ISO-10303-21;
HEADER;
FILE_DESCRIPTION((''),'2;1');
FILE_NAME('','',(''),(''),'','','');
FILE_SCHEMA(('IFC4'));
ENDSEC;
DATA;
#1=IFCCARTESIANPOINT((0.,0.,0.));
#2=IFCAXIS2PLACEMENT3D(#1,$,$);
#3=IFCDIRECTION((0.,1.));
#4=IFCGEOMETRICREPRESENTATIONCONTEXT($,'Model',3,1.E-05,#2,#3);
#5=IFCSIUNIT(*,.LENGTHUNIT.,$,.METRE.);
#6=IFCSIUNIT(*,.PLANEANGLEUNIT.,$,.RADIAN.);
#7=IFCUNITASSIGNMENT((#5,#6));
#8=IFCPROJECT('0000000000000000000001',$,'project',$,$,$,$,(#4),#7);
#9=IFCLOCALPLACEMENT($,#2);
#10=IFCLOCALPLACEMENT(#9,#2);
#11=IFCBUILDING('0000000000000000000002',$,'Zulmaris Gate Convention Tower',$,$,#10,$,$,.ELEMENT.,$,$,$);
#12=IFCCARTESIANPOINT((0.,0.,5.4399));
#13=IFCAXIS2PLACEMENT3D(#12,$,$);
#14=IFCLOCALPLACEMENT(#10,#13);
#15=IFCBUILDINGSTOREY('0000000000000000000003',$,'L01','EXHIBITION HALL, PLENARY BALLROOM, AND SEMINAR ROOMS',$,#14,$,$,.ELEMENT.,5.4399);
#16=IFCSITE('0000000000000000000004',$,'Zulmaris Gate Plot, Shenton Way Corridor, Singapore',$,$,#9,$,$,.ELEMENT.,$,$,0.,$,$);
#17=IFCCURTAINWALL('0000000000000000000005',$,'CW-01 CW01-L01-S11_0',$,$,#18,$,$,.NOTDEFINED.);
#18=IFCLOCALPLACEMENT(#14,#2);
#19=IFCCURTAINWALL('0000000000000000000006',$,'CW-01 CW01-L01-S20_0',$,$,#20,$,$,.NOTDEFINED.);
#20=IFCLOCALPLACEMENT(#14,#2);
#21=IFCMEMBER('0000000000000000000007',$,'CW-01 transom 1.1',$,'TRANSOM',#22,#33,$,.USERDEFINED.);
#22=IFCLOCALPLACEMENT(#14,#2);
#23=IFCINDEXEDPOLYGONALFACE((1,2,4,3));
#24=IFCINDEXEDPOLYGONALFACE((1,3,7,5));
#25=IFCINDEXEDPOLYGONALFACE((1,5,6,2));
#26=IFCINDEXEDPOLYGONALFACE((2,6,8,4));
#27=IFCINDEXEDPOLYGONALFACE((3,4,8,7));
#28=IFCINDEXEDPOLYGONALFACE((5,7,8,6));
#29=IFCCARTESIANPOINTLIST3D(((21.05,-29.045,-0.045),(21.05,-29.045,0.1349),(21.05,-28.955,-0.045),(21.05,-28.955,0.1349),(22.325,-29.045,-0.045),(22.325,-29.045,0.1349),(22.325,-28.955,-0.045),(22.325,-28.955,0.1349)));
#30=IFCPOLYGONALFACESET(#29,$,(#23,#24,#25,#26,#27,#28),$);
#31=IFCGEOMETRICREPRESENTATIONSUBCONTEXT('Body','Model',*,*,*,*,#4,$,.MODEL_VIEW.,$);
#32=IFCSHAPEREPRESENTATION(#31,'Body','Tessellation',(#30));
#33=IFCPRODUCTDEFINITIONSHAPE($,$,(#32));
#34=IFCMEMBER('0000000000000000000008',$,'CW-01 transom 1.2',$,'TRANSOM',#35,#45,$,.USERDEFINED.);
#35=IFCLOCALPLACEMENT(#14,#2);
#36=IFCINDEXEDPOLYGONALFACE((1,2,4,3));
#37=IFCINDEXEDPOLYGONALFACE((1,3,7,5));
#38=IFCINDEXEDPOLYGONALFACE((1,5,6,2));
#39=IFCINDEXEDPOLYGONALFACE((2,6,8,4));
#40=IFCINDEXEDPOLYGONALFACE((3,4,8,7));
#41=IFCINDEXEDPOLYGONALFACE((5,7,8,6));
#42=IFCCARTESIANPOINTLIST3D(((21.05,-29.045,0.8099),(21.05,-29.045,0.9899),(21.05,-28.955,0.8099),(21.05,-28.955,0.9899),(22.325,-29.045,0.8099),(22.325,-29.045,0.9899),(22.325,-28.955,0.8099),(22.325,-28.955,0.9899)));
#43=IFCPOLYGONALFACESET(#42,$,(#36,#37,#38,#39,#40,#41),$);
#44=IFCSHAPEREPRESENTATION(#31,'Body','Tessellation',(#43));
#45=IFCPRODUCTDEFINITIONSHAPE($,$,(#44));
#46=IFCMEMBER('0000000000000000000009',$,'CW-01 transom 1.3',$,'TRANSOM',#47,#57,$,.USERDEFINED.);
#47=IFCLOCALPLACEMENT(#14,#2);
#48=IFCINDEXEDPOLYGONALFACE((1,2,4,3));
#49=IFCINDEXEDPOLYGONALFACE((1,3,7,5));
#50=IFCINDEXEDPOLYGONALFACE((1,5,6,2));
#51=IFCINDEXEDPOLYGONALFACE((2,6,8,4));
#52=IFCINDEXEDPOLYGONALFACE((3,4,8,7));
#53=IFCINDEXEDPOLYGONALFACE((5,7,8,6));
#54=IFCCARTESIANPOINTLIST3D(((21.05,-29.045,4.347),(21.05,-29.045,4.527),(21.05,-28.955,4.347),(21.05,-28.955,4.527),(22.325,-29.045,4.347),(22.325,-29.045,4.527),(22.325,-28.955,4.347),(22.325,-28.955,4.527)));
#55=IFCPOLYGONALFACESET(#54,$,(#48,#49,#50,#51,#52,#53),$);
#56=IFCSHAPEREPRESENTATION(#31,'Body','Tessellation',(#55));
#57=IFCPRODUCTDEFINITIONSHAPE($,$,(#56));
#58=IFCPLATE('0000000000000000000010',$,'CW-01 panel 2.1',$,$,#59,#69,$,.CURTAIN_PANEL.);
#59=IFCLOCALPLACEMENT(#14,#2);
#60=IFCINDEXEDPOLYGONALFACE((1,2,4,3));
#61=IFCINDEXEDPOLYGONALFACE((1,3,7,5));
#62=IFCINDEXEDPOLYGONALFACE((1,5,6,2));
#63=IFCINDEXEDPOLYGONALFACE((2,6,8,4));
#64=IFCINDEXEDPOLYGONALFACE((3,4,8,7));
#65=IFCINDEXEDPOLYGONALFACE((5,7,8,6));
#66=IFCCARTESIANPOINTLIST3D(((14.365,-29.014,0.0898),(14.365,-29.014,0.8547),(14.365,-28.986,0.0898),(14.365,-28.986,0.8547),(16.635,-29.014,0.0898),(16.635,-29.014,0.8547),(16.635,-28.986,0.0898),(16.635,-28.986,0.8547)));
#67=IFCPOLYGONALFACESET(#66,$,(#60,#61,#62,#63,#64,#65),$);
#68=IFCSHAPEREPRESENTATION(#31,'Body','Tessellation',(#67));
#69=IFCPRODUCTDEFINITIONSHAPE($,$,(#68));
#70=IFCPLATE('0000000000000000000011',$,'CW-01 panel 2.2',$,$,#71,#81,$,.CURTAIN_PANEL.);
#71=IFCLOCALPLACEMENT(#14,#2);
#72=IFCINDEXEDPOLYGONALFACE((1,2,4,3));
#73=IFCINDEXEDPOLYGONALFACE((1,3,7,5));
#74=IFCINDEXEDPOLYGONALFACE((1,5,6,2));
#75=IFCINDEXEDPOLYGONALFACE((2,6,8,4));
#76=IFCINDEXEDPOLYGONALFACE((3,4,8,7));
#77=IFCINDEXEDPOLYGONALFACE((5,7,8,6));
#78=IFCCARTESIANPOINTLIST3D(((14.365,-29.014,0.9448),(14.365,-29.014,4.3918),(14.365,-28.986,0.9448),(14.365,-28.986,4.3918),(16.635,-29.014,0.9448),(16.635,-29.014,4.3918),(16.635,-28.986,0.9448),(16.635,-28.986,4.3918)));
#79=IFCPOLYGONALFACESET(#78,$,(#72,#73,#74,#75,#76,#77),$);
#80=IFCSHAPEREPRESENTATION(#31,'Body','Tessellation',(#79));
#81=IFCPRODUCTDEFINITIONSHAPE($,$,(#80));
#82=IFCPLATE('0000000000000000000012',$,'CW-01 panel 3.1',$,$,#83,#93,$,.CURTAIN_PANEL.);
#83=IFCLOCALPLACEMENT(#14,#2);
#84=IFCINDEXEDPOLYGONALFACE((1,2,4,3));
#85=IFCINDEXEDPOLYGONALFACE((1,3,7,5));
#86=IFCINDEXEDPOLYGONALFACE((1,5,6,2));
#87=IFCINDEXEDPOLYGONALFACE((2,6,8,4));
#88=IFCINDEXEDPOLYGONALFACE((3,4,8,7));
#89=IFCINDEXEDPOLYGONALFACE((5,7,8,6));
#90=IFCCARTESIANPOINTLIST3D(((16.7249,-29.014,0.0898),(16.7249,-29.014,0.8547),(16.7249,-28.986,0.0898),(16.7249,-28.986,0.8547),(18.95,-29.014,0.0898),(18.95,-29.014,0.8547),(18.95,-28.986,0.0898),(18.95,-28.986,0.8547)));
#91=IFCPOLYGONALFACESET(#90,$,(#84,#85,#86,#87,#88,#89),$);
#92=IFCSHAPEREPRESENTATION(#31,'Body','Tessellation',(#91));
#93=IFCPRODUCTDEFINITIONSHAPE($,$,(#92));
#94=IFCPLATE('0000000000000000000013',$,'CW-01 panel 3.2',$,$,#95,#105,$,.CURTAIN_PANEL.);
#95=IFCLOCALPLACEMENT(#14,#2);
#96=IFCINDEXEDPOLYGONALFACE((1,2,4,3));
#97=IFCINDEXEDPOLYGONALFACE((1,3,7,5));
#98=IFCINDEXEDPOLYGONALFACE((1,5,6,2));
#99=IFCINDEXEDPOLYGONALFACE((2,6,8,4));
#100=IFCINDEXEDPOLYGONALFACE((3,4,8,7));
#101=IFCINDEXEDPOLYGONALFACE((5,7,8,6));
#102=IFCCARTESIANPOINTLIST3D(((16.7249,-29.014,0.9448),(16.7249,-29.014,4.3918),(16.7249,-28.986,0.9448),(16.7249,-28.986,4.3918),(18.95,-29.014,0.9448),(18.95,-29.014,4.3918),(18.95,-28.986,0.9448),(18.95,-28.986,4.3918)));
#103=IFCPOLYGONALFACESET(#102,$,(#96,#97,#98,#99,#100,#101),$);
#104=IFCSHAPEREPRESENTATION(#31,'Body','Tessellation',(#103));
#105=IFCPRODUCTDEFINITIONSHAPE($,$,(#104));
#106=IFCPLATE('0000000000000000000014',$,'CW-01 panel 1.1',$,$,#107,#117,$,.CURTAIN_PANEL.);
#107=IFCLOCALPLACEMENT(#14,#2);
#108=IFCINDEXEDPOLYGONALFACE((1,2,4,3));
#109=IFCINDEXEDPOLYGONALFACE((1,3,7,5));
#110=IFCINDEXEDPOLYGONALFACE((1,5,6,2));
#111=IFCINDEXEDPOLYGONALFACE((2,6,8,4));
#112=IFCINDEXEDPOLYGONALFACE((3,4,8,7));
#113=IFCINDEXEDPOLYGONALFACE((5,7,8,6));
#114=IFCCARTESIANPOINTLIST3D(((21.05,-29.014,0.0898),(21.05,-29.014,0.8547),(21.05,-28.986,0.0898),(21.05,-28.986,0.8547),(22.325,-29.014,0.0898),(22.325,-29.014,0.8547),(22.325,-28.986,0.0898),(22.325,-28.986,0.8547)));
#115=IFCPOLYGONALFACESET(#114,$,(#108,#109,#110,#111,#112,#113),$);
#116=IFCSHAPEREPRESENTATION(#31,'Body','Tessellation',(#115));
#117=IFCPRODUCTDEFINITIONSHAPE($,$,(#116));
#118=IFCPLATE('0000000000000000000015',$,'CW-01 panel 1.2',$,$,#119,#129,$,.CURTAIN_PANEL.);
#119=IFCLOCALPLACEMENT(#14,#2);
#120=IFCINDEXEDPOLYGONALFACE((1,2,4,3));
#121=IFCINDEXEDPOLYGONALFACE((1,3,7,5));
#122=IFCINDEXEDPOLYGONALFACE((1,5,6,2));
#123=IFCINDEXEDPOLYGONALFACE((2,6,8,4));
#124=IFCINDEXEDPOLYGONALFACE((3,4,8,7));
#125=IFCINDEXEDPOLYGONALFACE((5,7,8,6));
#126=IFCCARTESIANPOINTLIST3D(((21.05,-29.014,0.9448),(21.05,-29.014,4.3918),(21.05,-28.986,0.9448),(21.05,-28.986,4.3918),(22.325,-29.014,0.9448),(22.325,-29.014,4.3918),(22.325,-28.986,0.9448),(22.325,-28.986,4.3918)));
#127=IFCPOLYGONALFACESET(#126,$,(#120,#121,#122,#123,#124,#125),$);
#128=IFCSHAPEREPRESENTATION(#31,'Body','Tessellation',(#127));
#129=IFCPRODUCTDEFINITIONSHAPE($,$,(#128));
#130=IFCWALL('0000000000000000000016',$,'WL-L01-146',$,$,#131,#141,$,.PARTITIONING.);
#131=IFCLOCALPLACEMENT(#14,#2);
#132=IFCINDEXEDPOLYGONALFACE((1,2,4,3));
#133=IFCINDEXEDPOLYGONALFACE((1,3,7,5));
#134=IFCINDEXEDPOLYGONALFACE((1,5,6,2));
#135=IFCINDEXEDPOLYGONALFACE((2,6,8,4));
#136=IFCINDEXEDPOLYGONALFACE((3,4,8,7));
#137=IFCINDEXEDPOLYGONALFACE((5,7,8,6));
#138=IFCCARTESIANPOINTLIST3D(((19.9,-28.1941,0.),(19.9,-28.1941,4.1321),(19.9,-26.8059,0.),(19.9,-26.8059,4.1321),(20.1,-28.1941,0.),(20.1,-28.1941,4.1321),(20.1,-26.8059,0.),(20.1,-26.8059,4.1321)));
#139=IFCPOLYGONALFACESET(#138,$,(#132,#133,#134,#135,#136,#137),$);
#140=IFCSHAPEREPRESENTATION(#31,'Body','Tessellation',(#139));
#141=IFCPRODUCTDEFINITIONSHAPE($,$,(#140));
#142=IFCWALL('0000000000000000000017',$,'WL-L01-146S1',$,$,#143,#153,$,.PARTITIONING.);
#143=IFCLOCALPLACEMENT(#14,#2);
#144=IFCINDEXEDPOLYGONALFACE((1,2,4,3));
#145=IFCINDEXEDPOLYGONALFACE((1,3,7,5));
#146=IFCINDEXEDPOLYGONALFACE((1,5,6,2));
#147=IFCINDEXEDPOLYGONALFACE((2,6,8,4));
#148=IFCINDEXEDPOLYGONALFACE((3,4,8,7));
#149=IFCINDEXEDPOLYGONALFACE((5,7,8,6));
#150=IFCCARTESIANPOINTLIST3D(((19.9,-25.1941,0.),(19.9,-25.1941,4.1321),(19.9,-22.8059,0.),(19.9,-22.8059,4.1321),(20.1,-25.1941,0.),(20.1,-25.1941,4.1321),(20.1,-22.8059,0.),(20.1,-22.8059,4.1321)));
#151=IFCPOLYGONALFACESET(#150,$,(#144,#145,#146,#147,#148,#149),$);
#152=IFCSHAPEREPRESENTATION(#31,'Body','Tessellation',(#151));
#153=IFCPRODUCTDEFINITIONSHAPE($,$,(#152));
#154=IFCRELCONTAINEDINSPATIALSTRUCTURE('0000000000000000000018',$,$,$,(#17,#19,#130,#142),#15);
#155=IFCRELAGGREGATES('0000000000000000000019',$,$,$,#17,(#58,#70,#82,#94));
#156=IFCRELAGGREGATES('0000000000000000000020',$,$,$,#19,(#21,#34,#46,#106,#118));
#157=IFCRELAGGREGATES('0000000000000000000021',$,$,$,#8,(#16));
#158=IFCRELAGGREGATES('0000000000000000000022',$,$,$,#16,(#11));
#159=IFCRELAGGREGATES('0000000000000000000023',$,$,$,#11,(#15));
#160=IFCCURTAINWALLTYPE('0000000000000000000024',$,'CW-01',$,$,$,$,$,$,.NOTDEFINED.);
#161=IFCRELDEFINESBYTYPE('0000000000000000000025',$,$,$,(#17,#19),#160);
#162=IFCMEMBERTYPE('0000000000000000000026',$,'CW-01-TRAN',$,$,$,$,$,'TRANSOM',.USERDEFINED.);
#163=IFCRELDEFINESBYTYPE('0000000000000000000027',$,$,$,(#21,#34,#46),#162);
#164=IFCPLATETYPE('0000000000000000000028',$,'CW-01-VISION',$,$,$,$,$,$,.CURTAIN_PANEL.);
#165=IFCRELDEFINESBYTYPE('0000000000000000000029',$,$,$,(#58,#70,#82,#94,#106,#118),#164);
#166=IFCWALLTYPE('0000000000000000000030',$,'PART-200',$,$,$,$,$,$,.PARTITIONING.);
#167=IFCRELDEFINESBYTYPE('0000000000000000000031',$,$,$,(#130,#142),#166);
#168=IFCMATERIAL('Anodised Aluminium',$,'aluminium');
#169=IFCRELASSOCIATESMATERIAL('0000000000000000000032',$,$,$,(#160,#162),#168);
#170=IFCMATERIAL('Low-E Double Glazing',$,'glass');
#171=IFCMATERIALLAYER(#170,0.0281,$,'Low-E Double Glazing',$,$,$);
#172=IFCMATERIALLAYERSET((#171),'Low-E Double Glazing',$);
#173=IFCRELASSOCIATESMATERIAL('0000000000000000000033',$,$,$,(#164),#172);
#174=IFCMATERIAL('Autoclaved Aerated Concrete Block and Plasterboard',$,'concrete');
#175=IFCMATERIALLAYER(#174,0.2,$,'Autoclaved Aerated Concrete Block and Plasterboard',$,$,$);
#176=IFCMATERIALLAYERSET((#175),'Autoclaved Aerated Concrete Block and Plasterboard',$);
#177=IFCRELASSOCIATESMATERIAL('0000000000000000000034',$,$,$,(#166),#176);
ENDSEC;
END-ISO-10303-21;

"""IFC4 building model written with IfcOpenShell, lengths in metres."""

from ifc_helpers import new_model, si_unit, direction, frame, frame_2d, origin, origin_2d, place, context, subcontext, project, spatial, rectangle, extrude, material, layer, layer_set, material_profile, profile_set, type_object, element, aggregate, save


model = new_model("IFC4")

# Units and contexts
model_context = context("Model", 3, precision=1e-05, world=origin(), true_north=direction((0.0, 1.0)))
body_context = subcontext(model_context, "Body", "Model", "MODEL_VIEW")
ifc_project = project(units=[si_unit("LENGTHUNIT", "METRE"), si_unit("PLANEANGLEUNIT", "RADIAN")], contexts=[model_context])

# Site, building, storey
site_placement = place(None, origin())
site = spatial("IfcSite", under=ifc_project, at=site_placement, Name="Zulmaris Gate Plot, Shenton Way Corridor, Singapore", CompositionType="ELEMENT", RefElevation=0.0)
building_placement = place(site_placement, origin())
building = spatial("IfcBuilding", under=site, at=building_placement, Name="Zulmaris Gate Convention Tower", CompositionType="ELEMENT")
storey_placement = place(building_placement, frame((0.0, 0.0, 5.4399)))
storey = spatial("IfcBuildingStorey", under=building, at=storey_placement, Name="L01", Description="EXHIBITION HALL, PLENARY BALLROOM, AND SEMINAR ROOMS", CompositionType="ELEMENT", Elevation=5.4399)

# Curtain wall
ifc_material_1 = material(Name="Anodised Aluminium", Category="aluminium")
curtain_wall_type = type_object("IfcCurtainWallType", Name="CW-01", PredefinedType="NOTDEFINED", material=ifc_material_1)
curtain_wall_1_placement = place(storey_placement, origin())
curtain_wall_1 = element("IfcCurtainWall", 1, at=curtain_wall_1_placement, inside=storey, type_object=curtain_wall_type, Name="CW-01 CW01-L01-S11_0", PredefinedType="NOTDEFINED")

# Curtain wall
curtain_wall_2_placement = place(storey_placement, origin())
curtain_wall_2 = element("IfcCurtainWall", 2, at=curtain_wall_2_placement, inside=storey, type_object=curtain_wall_type, Name="CW-01 CW01-L01-S20_0", PredefinedType="NOTDEFINED")

# Members
ifc_material_profile_1 = material_profile(ifc_material_1, rectangle(XDim=0.0901, YDim=0.1799, at=origin_2d()), Name="ALU TRANSOM 90x180")
ifc_profile_set_1 = profile_set([ifc_material_profile_1], Name="Anodised Aluminium")
member_type_1 = type_object("IfcMemberType", Name="CW-01-TRAN", ElementType="TRANSOM", PredefinedType="USERDEFINED", material=ifc_profile_set_1)
member_1_placement = place(storey_placement, frame((21.05, -29.0, 0.0449), z_axis=(1.0, 0.0, 0.0), x_axis=(0.0, 1.0, 0.0)))
member_1 = element("IfcMember", 3, at=member_1_placement, type_object=member_type_1, Name="CW-01 transom 1.1", ObjectType="TRANSOM", PredefinedType="USERDEFINED", context=body_context, shape_type="SweptSolid", body=[
    extrude(rectangle(XDim=0.0901, YDim=0.1799, at=origin_2d()), origin(), (0.0, 0.0, 1.0), 1.2749),
])
member_2_placement = place(storey_placement, frame((21.05, -29.0, 0.8999), z_axis=(1.0, 0.0, 0.0), x_axis=(0.0, 1.0, 0.0)))
member_2 = element("IfcMember", 4, at=member_2_placement, type_object=member_type_1, Name="CW-01 transom 1.2", ObjectType="TRANSOM", PredefinedType="USERDEFINED", context=body_context, shape_type="SweptSolid", body=[
    extrude(rectangle(XDim=0.0901, YDim=0.1799, at=origin_2d()), origin(), (0.0, 0.0, 1.0), 1.2749),
])
member_3_placement = place(storey_placement, frame((21.05, -29.0, 4.437), z_axis=(1.0, 0.0, 0.0), x_axis=(0.0, 1.0, 0.0)))
member_3 = element("IfcMember", 5, at=member_3_placement, type_object=member_type_1, Name="CW-01 transom 1.3", ObjectType="TRANSOM", PredefinedType="USERDEFINED", context=body_context, shape_type="SweptSolid", body=[
    extrude(rectangle(XDim=0.0901, YDim=0.1799, at=origin_2d()), origin(), (0.0, 0.0, 1.0), 1.2749),
])

# Plates
ifc_material_2 = material(Name="Low-E Double Glazing", Category="glass")
ifc_layer_1 = layer(ifc_material_2, 0.0281, Name="Low-E Double Glazing")
ifc_layer_set_1 = layer_set([ifc_layer_1], Name="Low-E Double Glazing")
plate_type = type_object("IfcPlateType", Name="CW-01-VISION", PredefinedType="CURTAIN_PANEL", material=ifc_layer_set_1)
plate_1_placement = place(storey_placement, frame((15.5, -29.0, 0.0898), z_axis=(0.0, 0.0, 1.0), x_axis=(1.0, 0.0, 0.0)))
plate_1 = element("IfcPlate", 6, at=plate_1_placement, type_object=plate_type, Name="CW-01 panel 2.1", PredefinedType="CURTAIN_PANEL", context=body_context, shape_type="SweptSolid", body=[
    extrude(rectangle(XDim=2.27, YDim=0.0281, at=origin_2d()), origin(), (0.0, 0.0, 1.0), 0.7649),
])
plate_2_placement = place(storey_placement, frame((15.5, -29.0, 0.9448), z_axis=(0.0, 0.0, 1.0), x_axis=(1.0, 0.0, 0.0)))
plate_2 = element("IfcPlate", 7, at=plate_2_placement, type_object=plate_type, Name="CW-01 panel 2.2", PredefinedType="CURTAIN_PANEL", context=body_context, shape_type="SweptSolid", body=[
    extrude(rectangle(XDim=2.27, YDim=0.0281, at=origin_2d()), origin(), (0.0, 0.0, 1.0), 3.447),
])
plate_3_placement = place(storey_placement, frame((17.8374, -29.0, 0.0898), z_axis=(0.0, 0.0, 1.0), x_axis=(1.0, 0.0, 0.0)))
plate_3 = element("IfcPlate", 8, at=plate_3_placement, type_object=plate_type, Name="CW-01 panel 3.1", PredefinedType="CURTAIN_PANEL", context=body_context, shape_type="SweptSolid", body=[
    extrude(rectangle(XDim=2.2251, YDim=0.0281, at=origin_2d()), origin(), (0.0, 0.0, 1.0), 0.7649),
])
plate_4_placement = place(storey_placement, frame((17.8374, -29.0, 0.9448), z_axis=(0.0, 0.0, 1.0), x_axis=(1.0, 0.0, 0.0)))
plate_4 = element("IfcPlate", 9, at=plate_4_placement, type_object=plate_type, Name="CW-01 panel 3.2", PredefinedType="CURTAIN_PANEL", context=body_context, shape_type="SweptSolid", body=[
    extrude(rectangle(XDim=2.2251, YDim=0.0281, at=origin_2d()), origin(), (0.0, 0.0, 1.0), 3.447),
])
aggregate(curtain_wall_1, [plate_1, plate_2, plate_3, plate_4])
plate_5_placement = place(storey_placement, frame((21.6875, -29.0, 0.0898), z_axis=(0.0, 0.0, 1.0), x_axis=(1.0, 0.0, 0.0)))
plate_5 = element("IfcPlate", 10, at=plate_5_placement, type_object=plate_type, Name="CW-01 panel 1.1", PredefinedType="CURTAIN_PANEL", context=body_context, shape_type="SweptSolid", body=[
    extrude(rectangle(XDim=1.2749, YDim=0.0281, at=origin_2d()), origin(), (0.0, 0.0, 1.0), 0.7649),
])
plate_6_placement = place(storey_placement, frame((21.6875, -29.0, 0.9448), z_axis=(0.0, 0.0, 1.0), x_axis=(1.0, 0.0, 0.0)))
plate_6 = element("IfcPlate", 11, at=plate_6_placement, type_object=plate_type, Name="CW-01 panel 1.2", PredefinedType="CURTAIN_PANEL", context=body_context, shape_type="SweptSolid", body=[
    extrude(rectangle(XDim=1.2749, YDim=0.0281, at=origin_2d()), origin(), (0.0, 0.0, 1.0), 3.447),
])
aggregate(curtain_wall_2, [member_1, member_2, member_3, plate_5, plate_6])

# Walls
ifc_material_3 = material(Name="Autoclaved Aerated Concrete Block and Plasterboard", Category="concrete")
ifc_layer_2 = layer(ifc_material_3, 0.2, Name="Autoclaved Aerated Concrete Block and Plasterboard")
ifc_layer_set_2 = layer_set([ifc_layer_2], Name="Autoclaved Aerated Concrete Block and Plasterboard")
wall_type = type_object("IfcWallType", Name="PART-200", PredefinedType="PARTITIONING", material=ifc_layer_set_2)
wall_1_placement = place(storey_placement, frame((20.0, -28.1941, 0.0), z_axis=(0.0, 0.0, 1.0), x_axis=(0.0, 1.0, 0.0)))
element("IfcWall", 12, at=wall_1_placement, inside=storey, type_object=wall_type, Name="WL-L01-146", PredefinedType="PARTITIONING", context=body_context, shape_type="SweptSolid", body=[
    extrude(rectangle(XDim=1.3882, YDim=0.2, at=frame_2d((0.6941, 0.0))), origin(), (0.0, 0.0, 1.0), 4.1321),
])
wall_2_placement = place(storey_placement, frame((20.0, -25.1941, 0.0), z_axis=(0.0, 0.0, 1.0), x_axis=(0.0, 1.0, 0.0)))
element("IfcWall", 13, at=wall_2_placement, inside=storey, type_object=wall_type, Name="WL-L01-146S1", PredefinedType="PARTITIONING", context=body_context, shape_type="SweptSolid", body=[
    extrude(rectangle(XDim=2.3882, YDim=0.2, at=frame_2d((1.1941, 0.0))), origin(), (0.0, 0.0, 1.0), 4.1321),
])

save(model, "model.ifc")
